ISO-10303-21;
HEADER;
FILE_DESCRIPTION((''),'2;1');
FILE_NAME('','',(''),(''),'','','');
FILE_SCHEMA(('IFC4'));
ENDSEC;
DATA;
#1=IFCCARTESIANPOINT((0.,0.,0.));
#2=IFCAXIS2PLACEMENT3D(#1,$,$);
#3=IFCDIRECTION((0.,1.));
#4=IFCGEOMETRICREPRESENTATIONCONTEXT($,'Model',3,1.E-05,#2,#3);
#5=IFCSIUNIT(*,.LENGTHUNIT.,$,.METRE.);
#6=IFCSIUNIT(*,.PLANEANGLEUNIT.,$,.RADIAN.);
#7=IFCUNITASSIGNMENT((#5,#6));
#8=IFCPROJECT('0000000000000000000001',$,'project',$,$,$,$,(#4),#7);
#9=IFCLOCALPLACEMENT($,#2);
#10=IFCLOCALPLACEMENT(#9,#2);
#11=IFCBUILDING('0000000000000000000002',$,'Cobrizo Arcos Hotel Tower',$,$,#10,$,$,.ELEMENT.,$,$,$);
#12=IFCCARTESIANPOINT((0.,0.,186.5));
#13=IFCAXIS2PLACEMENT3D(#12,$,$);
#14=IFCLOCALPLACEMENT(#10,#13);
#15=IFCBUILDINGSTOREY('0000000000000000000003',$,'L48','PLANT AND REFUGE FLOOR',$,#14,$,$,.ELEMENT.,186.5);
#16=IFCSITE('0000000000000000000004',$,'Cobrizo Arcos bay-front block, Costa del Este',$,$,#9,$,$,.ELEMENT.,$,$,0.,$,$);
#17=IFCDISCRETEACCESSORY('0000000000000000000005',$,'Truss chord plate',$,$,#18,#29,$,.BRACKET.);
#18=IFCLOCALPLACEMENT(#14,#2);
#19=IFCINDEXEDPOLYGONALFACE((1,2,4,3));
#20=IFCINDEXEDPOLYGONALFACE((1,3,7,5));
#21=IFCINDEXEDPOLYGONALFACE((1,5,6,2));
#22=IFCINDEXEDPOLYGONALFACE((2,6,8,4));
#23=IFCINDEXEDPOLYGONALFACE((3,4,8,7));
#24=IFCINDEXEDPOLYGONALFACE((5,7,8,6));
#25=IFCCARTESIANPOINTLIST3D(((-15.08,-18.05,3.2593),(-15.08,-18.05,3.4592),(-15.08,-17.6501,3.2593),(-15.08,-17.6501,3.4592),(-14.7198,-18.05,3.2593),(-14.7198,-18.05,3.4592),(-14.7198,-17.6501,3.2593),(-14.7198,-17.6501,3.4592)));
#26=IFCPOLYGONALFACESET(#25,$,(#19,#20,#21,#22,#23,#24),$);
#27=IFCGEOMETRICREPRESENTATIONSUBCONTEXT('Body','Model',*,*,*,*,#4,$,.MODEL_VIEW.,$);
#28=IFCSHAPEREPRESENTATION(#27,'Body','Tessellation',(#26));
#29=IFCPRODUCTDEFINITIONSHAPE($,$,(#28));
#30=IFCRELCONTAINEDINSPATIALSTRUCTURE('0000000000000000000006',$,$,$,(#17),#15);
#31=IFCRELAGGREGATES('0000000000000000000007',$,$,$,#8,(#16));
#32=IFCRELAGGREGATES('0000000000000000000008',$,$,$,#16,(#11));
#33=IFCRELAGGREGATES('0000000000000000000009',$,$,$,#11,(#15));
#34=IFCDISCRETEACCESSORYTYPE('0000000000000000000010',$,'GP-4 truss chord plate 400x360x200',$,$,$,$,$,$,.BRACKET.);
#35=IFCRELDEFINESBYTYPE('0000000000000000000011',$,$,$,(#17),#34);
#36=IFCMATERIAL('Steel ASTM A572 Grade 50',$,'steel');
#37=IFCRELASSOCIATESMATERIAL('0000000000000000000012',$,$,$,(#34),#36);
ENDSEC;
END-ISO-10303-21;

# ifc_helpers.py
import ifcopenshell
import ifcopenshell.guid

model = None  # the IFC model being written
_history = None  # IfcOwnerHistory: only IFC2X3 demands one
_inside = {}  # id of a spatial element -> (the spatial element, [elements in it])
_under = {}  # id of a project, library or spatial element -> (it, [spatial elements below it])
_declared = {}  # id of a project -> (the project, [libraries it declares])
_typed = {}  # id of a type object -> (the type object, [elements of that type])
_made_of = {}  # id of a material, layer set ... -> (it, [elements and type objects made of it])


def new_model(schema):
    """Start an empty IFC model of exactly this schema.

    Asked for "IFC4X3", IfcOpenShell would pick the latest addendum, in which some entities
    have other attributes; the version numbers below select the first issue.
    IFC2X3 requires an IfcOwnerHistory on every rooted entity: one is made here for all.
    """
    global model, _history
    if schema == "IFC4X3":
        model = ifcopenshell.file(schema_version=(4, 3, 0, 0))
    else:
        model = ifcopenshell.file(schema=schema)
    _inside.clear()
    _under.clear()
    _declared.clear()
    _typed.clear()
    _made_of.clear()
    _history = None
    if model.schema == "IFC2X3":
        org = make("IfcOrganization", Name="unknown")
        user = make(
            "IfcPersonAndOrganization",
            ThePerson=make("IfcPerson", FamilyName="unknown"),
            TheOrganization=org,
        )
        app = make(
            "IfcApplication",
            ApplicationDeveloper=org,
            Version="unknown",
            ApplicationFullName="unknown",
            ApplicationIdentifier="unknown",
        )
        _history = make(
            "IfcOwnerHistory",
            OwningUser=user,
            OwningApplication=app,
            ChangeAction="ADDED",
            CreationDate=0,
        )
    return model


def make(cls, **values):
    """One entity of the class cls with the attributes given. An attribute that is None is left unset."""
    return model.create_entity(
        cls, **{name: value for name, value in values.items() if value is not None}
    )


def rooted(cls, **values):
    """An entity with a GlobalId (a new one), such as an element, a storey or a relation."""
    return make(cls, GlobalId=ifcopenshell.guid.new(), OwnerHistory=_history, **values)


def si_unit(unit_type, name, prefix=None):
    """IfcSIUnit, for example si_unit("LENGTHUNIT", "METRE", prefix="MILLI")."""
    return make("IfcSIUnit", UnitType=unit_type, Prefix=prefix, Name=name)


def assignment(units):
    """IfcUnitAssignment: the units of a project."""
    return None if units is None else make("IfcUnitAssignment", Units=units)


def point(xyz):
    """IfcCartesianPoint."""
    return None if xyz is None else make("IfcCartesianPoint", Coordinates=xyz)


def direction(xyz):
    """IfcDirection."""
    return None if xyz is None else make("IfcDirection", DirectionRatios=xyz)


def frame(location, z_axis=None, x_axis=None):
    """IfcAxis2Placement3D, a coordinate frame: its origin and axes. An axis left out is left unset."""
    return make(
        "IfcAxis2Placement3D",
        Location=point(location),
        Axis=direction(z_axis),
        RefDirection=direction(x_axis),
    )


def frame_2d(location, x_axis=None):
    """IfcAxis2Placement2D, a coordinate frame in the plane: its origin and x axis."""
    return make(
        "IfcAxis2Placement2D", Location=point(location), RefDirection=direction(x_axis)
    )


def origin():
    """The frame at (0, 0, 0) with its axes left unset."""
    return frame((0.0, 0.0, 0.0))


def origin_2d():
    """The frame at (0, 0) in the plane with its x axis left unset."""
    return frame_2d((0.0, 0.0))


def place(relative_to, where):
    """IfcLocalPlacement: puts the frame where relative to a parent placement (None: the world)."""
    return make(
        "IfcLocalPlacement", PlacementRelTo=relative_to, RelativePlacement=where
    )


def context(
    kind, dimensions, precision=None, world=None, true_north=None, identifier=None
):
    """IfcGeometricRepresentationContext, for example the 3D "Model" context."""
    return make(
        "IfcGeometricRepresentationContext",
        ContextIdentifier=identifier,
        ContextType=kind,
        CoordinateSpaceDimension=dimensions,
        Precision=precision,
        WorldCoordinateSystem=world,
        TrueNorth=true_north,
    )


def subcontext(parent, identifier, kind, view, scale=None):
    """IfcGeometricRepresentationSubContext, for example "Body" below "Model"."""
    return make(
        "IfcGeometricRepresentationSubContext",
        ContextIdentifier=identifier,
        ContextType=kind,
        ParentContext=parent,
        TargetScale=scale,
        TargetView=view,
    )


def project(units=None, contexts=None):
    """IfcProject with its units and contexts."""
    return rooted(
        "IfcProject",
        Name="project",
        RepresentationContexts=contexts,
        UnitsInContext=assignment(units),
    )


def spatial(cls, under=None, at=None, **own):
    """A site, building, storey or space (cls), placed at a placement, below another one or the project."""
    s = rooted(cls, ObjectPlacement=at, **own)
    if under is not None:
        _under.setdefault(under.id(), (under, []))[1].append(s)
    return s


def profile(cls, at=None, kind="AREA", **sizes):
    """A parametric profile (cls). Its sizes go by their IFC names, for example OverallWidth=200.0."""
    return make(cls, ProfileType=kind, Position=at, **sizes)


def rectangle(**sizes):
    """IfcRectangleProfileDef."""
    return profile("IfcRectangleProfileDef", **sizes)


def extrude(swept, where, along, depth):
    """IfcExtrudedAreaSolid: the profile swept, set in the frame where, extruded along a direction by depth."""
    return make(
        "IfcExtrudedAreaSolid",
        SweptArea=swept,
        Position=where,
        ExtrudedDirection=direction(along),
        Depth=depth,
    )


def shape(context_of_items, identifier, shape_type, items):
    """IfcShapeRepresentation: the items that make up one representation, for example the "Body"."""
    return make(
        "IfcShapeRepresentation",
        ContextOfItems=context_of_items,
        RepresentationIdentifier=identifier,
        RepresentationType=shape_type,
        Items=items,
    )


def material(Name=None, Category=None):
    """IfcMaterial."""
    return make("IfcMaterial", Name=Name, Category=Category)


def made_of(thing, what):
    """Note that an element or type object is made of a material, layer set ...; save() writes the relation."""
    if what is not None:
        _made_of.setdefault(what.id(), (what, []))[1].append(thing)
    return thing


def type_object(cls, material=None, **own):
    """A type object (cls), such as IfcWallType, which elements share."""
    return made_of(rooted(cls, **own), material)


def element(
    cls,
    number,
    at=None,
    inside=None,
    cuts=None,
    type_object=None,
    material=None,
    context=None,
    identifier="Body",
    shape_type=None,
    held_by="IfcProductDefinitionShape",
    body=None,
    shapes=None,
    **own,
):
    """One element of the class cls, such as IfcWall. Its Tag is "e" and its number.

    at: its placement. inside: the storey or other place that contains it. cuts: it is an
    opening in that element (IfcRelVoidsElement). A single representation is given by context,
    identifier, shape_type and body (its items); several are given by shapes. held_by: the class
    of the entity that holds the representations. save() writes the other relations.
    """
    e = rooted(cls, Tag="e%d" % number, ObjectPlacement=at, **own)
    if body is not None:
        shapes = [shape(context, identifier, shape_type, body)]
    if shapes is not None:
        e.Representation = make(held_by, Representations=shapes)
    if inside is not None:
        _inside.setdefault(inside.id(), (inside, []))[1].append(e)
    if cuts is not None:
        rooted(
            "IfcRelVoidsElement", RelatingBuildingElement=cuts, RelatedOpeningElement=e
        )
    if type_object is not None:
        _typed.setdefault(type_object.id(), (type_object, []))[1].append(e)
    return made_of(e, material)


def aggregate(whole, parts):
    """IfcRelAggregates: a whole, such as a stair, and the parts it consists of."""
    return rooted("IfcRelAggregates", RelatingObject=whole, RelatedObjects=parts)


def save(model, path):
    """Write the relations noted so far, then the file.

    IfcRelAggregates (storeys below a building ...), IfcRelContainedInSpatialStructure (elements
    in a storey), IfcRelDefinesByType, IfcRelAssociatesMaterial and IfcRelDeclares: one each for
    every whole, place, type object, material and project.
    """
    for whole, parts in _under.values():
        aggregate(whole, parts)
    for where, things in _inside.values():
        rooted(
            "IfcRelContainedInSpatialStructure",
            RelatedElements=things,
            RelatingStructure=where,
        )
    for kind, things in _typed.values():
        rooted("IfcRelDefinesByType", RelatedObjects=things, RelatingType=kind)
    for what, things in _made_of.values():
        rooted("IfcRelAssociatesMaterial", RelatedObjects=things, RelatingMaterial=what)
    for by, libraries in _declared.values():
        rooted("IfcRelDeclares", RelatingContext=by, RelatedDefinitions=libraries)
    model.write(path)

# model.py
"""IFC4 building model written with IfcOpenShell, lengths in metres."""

from ifc_helpers import new_model, si_unit, direction, frame, origin, origin_2d, place, context, subcontext, project, spatial, rectangle, extrude, material, type_object, element, save


model = new_model("IFC4")

# Units and contexts
model_context = context("Model", 3, precision=1e-05, world=origin(), true_north=direction((0.0, 1.0)))
body_context = subcontext(model_context, "Body", "Model", "MODEL_VIEW")
ifc_project = project(units=[si_unit("LENGTHUNIT", "METRE"), si_unit("PLANEANGLEUNIT", "RADIAN")], contexts=[model_context])

# Site, building, storey
site_placement = place(None, origin())
site = spatial("IfcSite", under=ifc_project, at=site_placement, Name="Cobrizo Arcos bay-front block, Costa del Este", CompositionType="ELEMENT", RefElevation=0.0)
building_placement = place(site_placement, origin())
building = spatial("IfcBuilding", under=site, at=building_placement, Name="Cobrizo Arcos Hotel Tower", CompositionType="ELEMENT")
storey_placement = place(building_placement, frame((0.0, 0.0, 186.5)))
storey = spatial("IfcBuildingStorey", under=building, at=storey_placement, Name="L48", Description="PLANT AND REFUGE FLOOR", CompositionType="ELEMENT", Elevation=186.5)

# Discrete accessory
ifc_material_1 = material(Name="Steel ASTM A572 Grade 50", Category="steel")
discrete_accessory_type = type_object("IfcDiscreteAccessoryType", Name="GP-4 truss chord plate 400x360x200", PredefinedType="BRACKET", material=ifc_material_1)
for number, where, z_axis, x_axis, name in (
    (1, (-14.8999, -17.8501, 3.2593), (0.0, 0.0, 1.0), (0.0, -1.0, 0.0), "Truss chord plate"),
):
    element("IfcDiscreteAccessory", number, at=place(storey_placement, frame(where, z_axis=z_axis, x_axis=x_axis)), inside=storey, type_object=discrete_accessory_type, Name=name, PredefinedType="BRACKET", context=body_context, shape_type="SweptSolid", body=[
        extrude(rectangle(XDim=0.3999, YDim=0.3601, at=origin_2d()), origin(), (0.0, 0.0, 1.0), 0.2),
    ])

save(model, "model.ifc")
